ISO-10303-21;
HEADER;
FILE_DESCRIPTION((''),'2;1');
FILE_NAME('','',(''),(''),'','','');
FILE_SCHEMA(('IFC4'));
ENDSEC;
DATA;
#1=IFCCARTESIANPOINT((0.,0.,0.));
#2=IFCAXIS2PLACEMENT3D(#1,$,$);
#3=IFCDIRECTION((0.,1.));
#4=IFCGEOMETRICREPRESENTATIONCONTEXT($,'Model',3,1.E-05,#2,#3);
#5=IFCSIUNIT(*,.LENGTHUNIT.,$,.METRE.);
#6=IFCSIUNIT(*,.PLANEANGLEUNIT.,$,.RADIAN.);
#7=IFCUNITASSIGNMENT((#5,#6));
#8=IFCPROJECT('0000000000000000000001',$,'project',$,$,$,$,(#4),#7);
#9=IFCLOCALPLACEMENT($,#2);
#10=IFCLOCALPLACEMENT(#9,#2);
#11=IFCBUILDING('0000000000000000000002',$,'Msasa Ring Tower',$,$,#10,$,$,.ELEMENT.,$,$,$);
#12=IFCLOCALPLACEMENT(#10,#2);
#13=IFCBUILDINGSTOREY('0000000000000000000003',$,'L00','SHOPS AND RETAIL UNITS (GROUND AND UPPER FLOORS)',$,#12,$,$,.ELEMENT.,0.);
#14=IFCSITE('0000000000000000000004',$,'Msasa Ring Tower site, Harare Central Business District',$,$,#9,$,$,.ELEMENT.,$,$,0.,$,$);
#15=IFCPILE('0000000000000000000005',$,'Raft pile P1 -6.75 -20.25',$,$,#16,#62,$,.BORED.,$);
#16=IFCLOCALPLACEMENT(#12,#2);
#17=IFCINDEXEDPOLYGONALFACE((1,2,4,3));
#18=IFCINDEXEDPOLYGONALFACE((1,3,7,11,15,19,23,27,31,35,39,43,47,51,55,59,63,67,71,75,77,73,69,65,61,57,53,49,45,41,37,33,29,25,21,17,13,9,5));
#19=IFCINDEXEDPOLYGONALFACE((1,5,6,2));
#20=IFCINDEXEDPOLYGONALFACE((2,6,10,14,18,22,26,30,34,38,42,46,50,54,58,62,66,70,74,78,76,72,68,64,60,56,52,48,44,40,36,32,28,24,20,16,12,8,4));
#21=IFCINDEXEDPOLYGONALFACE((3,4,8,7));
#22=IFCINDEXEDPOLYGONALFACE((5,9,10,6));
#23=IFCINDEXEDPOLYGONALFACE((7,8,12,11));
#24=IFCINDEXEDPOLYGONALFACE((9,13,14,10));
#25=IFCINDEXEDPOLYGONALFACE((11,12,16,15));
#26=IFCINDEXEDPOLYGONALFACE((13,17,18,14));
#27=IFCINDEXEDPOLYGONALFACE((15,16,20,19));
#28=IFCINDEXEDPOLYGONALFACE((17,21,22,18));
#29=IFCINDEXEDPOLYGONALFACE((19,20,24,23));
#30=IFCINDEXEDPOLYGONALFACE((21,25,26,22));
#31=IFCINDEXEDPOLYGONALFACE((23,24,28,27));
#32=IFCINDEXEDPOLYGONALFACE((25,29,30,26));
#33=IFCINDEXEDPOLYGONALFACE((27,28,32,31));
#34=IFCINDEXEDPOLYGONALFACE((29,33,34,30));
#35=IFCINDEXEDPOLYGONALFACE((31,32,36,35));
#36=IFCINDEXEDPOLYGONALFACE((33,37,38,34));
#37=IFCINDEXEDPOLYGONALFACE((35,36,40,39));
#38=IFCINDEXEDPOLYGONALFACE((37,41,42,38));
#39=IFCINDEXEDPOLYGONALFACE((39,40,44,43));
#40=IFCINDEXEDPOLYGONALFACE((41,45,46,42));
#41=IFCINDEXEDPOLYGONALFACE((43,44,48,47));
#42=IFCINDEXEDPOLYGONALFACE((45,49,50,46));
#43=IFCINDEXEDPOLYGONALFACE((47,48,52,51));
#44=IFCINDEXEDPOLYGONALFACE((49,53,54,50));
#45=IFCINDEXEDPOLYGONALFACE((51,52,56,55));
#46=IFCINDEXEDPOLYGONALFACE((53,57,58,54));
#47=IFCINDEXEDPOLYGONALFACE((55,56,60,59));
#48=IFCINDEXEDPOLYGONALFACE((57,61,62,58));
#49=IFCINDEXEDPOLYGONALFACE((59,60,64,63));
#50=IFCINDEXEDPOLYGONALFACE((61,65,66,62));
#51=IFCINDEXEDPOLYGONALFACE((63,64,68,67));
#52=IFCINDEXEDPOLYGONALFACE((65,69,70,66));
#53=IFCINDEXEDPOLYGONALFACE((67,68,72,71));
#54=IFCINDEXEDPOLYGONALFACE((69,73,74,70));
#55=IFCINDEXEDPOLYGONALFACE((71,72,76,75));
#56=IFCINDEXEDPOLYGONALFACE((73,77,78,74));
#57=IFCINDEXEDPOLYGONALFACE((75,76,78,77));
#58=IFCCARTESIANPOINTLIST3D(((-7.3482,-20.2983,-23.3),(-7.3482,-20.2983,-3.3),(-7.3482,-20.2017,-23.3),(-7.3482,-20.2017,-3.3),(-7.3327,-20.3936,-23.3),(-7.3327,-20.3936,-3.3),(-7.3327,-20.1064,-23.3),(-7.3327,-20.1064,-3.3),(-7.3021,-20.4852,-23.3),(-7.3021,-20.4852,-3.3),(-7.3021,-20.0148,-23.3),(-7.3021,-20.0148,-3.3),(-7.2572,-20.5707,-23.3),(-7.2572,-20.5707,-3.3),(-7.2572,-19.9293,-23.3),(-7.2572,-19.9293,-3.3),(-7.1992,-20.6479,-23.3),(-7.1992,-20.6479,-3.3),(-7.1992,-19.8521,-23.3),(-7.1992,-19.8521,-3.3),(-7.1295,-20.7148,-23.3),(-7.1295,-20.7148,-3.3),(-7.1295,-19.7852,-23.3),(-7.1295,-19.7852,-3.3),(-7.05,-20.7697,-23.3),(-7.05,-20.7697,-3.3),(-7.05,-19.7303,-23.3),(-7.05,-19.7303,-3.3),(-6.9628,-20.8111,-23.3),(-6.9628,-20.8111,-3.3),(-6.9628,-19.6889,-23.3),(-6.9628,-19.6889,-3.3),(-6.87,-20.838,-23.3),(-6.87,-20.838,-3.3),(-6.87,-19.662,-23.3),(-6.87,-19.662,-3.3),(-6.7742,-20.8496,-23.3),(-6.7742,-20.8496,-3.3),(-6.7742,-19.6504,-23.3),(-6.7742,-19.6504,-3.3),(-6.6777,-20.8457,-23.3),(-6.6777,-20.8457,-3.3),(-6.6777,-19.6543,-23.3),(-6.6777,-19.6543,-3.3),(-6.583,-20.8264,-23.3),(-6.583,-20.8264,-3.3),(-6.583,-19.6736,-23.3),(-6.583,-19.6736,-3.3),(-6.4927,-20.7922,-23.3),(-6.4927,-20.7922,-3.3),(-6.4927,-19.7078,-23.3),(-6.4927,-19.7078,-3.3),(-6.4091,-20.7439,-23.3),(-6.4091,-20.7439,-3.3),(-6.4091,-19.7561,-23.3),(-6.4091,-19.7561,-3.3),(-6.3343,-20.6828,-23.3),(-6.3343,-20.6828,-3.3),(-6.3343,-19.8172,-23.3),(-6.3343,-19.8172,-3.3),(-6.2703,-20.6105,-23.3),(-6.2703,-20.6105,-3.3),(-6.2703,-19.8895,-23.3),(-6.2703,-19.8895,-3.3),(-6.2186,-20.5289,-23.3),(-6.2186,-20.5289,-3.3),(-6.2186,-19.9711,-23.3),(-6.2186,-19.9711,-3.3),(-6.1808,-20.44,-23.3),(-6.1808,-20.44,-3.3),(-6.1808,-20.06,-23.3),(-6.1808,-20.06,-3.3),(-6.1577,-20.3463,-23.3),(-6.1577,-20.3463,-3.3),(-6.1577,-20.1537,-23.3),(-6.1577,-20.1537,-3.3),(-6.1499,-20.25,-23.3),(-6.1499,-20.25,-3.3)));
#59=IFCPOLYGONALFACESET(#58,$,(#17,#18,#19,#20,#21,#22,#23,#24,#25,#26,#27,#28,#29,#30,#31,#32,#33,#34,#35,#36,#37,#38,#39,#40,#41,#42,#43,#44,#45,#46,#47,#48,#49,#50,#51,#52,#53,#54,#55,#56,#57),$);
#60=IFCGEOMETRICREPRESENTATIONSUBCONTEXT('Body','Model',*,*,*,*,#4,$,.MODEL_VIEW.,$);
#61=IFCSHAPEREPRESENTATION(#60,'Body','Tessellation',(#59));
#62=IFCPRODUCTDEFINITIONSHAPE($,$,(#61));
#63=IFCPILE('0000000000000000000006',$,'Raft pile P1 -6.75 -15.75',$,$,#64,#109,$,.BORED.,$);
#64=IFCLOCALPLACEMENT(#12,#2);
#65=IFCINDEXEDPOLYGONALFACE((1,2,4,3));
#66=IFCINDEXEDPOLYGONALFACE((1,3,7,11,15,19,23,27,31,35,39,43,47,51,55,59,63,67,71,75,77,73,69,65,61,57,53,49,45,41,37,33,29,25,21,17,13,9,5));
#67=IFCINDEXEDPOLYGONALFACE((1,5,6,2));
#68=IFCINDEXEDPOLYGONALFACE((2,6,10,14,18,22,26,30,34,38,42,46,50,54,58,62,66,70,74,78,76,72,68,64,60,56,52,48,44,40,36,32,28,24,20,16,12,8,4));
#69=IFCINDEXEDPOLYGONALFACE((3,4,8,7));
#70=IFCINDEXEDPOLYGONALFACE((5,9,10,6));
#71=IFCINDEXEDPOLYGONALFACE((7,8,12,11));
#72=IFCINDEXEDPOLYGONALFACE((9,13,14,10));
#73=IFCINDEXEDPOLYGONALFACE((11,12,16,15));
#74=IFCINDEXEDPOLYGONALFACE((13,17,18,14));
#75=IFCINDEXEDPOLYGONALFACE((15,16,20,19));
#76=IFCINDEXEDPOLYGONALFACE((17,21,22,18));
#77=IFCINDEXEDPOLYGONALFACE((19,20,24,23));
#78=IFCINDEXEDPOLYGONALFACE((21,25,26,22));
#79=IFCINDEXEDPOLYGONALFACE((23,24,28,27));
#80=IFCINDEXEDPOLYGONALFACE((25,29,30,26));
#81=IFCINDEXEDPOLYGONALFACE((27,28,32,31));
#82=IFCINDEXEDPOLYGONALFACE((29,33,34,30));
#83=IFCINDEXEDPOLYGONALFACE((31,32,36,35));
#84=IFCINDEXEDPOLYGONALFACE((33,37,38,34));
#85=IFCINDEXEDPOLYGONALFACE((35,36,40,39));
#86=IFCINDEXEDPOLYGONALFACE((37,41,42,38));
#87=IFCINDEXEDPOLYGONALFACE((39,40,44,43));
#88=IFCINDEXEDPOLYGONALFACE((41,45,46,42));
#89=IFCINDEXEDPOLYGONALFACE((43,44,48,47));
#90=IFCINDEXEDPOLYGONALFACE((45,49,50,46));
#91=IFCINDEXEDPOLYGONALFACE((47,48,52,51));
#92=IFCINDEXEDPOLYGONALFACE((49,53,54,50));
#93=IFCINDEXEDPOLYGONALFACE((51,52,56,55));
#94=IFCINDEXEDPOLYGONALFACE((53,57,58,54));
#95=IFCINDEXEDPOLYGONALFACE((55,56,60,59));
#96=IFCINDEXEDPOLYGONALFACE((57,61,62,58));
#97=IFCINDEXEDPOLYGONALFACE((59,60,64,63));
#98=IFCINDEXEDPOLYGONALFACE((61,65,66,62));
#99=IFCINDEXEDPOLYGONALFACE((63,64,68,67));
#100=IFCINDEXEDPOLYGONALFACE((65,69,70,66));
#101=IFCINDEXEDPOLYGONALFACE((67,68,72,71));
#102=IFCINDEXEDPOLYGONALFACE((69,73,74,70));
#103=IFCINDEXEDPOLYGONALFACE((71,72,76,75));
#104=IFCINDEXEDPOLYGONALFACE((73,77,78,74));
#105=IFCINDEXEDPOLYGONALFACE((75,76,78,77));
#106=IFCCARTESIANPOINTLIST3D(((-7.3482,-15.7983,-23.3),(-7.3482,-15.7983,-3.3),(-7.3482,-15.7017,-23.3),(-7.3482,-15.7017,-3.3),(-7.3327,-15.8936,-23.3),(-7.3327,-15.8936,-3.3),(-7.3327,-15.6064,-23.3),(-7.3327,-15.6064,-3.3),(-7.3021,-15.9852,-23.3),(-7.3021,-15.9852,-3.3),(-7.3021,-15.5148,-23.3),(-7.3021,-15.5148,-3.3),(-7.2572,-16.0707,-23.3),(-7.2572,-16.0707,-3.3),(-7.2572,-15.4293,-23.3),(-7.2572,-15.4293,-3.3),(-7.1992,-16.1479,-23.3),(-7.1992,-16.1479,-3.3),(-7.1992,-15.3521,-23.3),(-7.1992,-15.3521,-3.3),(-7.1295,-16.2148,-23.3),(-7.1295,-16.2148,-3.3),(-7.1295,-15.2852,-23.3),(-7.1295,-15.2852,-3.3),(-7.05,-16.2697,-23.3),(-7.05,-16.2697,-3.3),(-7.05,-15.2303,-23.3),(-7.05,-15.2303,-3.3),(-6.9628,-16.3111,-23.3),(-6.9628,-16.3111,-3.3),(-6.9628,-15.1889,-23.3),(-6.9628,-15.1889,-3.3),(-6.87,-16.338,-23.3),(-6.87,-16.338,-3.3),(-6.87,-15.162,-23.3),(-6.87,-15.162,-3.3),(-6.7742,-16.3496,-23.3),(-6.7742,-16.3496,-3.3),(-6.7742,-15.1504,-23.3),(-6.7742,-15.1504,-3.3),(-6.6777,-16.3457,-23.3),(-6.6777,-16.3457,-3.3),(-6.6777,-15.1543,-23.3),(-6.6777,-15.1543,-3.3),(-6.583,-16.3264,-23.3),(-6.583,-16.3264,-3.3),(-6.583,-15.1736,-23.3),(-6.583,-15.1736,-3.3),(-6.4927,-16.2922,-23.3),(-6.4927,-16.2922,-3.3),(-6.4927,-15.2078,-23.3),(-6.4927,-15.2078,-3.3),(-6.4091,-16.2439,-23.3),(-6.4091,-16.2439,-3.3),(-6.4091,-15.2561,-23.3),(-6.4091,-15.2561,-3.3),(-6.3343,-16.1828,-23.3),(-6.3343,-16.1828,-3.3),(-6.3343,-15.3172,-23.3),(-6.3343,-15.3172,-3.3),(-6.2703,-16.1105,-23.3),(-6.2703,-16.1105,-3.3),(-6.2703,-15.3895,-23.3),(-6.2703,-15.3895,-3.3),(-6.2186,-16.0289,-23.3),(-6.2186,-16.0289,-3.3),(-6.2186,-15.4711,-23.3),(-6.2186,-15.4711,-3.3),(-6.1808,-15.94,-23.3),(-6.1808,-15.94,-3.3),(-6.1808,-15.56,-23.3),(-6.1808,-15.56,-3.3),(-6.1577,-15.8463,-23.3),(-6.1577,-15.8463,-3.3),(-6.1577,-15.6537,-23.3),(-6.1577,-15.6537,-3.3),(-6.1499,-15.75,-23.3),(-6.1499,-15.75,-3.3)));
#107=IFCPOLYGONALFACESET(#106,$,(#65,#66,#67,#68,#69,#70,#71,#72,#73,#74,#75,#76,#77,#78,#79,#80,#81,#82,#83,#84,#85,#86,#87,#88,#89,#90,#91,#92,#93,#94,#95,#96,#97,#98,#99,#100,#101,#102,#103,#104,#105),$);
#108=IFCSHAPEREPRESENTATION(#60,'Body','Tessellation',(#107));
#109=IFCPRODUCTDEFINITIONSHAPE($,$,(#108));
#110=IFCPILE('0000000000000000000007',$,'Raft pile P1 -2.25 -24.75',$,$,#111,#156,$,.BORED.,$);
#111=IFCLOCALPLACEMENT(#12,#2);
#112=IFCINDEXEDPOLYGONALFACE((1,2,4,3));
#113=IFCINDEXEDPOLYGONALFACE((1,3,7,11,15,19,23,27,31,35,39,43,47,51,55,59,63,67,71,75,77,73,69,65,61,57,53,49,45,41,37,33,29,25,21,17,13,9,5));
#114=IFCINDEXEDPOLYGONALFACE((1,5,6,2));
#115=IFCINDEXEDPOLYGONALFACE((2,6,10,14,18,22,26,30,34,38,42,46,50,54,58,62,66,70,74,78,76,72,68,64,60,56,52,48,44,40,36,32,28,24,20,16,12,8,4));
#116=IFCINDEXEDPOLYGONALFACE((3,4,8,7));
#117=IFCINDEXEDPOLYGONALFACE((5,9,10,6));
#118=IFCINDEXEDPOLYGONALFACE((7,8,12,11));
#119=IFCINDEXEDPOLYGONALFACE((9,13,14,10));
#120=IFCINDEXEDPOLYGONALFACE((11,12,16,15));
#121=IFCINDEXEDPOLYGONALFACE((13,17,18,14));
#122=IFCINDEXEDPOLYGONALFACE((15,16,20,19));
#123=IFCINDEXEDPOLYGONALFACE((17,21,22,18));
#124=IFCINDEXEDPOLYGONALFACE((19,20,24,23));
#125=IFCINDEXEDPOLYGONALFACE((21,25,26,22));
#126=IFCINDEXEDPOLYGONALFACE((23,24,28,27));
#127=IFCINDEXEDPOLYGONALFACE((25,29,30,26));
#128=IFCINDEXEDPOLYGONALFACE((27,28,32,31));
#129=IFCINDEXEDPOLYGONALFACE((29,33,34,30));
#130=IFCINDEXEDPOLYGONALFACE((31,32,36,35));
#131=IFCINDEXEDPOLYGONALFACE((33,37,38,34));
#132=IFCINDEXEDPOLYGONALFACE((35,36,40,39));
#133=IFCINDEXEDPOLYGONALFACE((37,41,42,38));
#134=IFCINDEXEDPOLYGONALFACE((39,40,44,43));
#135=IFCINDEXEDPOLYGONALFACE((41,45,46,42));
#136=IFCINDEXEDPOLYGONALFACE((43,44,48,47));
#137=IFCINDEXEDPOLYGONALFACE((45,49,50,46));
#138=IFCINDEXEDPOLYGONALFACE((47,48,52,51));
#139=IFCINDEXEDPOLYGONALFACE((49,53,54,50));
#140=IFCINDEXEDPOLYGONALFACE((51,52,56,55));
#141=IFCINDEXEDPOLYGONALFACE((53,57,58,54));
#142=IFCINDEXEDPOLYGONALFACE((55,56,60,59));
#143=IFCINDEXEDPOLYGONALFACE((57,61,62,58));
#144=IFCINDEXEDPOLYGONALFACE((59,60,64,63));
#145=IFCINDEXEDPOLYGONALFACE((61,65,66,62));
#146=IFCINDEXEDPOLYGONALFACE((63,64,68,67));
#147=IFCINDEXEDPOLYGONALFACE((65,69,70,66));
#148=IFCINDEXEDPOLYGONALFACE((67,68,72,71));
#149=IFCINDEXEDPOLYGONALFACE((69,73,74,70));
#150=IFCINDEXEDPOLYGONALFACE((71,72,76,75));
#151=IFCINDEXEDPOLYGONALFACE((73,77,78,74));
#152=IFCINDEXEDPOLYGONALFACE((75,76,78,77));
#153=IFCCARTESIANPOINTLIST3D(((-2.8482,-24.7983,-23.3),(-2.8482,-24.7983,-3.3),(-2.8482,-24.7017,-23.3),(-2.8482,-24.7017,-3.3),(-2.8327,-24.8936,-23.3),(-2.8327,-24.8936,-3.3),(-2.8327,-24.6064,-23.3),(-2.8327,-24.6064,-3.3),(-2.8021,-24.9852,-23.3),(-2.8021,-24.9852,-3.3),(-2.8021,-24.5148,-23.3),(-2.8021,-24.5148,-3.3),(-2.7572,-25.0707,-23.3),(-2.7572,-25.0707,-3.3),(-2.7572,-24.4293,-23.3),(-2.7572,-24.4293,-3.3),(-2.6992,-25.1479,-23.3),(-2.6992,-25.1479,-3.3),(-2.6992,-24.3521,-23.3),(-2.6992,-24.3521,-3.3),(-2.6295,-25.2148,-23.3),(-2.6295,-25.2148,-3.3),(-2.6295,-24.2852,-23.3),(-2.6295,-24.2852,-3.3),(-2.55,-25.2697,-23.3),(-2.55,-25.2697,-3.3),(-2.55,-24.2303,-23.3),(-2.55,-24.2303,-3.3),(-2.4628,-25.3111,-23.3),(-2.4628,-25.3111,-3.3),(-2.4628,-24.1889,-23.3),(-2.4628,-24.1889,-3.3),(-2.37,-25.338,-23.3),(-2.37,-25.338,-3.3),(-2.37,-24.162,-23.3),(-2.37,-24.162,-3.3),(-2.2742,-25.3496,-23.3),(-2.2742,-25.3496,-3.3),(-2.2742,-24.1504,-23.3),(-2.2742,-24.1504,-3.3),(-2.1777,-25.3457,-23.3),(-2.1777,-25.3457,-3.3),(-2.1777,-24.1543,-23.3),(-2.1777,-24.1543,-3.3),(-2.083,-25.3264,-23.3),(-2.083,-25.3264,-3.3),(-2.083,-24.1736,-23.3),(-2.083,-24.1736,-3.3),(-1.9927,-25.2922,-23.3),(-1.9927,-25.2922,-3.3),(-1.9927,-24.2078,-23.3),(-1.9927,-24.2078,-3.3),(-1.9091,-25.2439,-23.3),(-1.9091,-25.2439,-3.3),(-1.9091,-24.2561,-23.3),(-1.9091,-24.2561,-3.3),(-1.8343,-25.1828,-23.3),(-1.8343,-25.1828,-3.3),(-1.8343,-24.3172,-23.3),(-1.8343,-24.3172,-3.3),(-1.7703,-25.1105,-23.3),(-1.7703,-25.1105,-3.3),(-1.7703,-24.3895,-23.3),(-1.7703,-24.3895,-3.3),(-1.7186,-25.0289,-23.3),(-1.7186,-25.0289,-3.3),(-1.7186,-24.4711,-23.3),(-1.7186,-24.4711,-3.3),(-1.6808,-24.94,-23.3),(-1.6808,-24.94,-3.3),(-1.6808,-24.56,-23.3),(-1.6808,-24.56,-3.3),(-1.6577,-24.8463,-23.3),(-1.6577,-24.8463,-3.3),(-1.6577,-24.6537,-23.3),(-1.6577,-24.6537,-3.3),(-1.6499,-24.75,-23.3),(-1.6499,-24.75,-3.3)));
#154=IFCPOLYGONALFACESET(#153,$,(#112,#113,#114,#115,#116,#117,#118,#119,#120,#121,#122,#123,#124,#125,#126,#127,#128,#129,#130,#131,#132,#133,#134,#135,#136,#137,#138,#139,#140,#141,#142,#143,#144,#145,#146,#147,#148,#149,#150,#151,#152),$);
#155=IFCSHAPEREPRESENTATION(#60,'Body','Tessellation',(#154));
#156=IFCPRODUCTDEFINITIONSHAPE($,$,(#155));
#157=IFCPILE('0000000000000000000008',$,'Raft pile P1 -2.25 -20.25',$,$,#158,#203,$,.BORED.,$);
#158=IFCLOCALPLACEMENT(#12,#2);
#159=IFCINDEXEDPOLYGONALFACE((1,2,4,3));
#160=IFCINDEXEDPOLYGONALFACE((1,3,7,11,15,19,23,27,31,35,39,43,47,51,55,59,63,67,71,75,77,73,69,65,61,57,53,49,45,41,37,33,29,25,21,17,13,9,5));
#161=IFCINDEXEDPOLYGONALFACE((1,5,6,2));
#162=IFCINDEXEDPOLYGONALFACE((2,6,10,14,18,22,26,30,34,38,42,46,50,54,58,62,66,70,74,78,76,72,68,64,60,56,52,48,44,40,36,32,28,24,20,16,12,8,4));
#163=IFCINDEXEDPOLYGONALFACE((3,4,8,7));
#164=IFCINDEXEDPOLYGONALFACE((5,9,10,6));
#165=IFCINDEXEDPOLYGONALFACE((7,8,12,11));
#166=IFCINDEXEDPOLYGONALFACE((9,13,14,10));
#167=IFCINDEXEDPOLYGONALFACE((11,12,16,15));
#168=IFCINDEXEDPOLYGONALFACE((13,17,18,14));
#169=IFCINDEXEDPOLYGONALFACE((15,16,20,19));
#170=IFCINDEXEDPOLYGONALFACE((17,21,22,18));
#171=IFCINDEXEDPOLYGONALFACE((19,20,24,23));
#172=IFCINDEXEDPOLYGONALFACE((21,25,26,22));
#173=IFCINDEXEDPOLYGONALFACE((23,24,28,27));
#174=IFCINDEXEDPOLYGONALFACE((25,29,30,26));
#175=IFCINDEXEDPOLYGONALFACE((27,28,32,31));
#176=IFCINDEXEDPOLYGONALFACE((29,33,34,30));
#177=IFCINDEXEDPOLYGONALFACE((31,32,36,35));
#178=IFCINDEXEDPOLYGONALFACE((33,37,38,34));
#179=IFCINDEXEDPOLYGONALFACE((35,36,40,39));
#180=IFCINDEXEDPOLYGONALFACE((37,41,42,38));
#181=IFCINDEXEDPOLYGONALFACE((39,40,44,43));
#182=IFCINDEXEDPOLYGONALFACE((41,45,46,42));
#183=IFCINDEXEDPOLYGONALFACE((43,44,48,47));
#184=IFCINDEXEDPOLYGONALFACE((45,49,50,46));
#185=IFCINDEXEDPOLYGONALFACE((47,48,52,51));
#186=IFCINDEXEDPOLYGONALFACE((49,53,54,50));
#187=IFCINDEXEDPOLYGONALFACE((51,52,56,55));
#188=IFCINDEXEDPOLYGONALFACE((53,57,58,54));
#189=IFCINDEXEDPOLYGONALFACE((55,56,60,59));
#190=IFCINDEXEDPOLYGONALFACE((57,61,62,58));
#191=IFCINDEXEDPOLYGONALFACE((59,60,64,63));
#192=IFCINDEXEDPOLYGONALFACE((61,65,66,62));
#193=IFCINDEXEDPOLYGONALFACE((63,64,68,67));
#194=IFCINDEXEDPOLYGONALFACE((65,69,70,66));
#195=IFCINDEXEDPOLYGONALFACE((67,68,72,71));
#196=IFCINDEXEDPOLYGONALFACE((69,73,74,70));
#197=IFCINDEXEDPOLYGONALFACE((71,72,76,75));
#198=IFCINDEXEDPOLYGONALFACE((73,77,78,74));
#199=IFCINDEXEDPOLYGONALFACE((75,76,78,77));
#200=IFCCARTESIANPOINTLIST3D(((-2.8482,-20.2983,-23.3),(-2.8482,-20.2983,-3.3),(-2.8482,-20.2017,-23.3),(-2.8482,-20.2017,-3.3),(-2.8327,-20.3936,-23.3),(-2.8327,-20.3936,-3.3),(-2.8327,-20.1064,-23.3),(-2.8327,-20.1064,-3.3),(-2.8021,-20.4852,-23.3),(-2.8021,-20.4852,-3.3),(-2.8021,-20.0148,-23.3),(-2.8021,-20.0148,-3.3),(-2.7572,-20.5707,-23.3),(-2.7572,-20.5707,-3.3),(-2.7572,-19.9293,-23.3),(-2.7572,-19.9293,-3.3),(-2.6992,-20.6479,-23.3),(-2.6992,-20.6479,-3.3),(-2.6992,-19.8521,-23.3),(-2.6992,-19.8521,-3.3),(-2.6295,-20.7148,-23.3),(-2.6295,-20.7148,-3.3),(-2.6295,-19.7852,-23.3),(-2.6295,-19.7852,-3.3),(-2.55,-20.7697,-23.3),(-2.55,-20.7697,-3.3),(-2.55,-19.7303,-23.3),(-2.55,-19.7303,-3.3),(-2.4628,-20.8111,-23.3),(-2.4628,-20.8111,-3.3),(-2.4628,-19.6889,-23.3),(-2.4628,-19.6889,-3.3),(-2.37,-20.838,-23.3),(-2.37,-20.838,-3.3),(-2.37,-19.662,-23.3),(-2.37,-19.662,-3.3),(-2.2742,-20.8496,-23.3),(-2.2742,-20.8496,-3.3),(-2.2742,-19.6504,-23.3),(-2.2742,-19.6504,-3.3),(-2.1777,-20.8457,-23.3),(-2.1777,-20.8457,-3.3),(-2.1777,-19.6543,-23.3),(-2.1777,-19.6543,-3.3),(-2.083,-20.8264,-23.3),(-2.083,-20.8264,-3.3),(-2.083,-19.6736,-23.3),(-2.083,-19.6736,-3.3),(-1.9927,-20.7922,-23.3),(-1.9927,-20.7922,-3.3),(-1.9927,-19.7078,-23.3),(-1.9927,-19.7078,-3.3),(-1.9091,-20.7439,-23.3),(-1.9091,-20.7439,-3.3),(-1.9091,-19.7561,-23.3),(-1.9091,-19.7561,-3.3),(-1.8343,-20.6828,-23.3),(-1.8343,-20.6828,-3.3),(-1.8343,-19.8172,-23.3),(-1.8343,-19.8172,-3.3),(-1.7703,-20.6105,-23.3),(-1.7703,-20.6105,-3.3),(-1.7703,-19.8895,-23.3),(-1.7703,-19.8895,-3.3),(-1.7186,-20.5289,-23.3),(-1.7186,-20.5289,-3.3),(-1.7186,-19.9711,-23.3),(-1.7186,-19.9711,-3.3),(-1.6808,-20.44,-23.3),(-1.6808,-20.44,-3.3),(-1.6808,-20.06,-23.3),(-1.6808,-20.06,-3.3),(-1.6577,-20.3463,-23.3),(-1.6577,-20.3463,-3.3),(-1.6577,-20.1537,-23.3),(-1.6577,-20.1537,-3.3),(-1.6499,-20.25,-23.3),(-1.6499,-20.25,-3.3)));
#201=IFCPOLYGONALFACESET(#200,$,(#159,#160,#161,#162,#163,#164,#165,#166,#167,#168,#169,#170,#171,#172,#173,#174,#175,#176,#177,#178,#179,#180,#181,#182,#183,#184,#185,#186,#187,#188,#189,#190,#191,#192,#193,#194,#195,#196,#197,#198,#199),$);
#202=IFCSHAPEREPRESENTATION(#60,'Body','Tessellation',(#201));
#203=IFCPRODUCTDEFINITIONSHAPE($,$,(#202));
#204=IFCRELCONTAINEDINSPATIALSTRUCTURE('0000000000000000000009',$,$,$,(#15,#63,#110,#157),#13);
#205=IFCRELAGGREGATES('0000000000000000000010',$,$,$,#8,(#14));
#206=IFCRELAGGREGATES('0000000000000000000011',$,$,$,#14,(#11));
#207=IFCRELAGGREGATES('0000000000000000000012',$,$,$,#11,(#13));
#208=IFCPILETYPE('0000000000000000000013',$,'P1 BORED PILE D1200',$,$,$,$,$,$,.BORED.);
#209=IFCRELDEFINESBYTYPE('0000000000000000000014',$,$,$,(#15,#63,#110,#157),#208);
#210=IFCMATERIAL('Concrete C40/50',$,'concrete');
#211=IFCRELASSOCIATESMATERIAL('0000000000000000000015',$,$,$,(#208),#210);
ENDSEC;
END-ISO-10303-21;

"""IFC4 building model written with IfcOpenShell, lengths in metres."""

from ifc_helpers import new_model, si_unit, direction, frame, origin, origin_2d, place, context, subcontext, project, spatial, circle, extrude, material, material_profile, profile_set, type_object, element, save


model = new_model("IFC4")

# Units and contexts
model_context = context("Model", 3, precision=1e-05, world=origin(), true_north=direction((0.0, 1.0)))
body_context = subcontext(model_context, "Body", "Model", "MODEL_VIEW")
ifc_project = project(units=[si_unit("LENGTHUNIT", "METRE"), si_unit("PLANEANGLEUNIT", "RADIAN")], contexts=[model_context])

# Site, building, storey
site_placement = place(None, origin())
site = spatial("IfcSite", under=ifc_project, at=site_placement, Name="Msasa Ring Tower site, Harare Central Business District", CompositionType="ELEMENT", RefElevation=0.0)
building_placement = place(site_placement, origin())
building = spatial("IfcBuilding", under=site, at=building_placement, Name="Msasa Ring Tower", CompositionType="ELEMENT")
storey_placement = place(building_placement, origin())
storey = spatial("IfcBuildingStorey", under=building, at=storey_placement, Name="L00", Description="SHOPS AND RETAIL UNITS (GROUND AND UPPER FLOORS)", CompositionType="ELEMENT", Elevation=0.0)

# Piles
ifc_material_1 = material(Name="Concrete C40/50", Category="concrete")
ifc_material_profile_1 = material_profile(ifc_material_1, circle(Radius=0.6001, at=origin_2d()), Name="D1200")
ifc_profile_set_1 = profile_set([ifc_material_profile_1], Name="Concrete C40/50")
pile_type = type_object("IfcPileType", Name="P1 BORED PILE D1200", PredefinedType="BORED", material=ifc_profile_set_1)
for number, where, z_axis, x_axis, name in (
    (1, (-6.75, -20.25, -3.3), (0.0, 0.0, -1.0), (1.0, 0.0, 0.0), "Raft pile P1 -6.75 -20.25"),
    (2, (-6.75, -15.75, -3.3), (0.0, 0.0, -1.0), (1.0, 0.0, 0.0), "Raft pile P1 -6.75 -15.75"),
    (3, (-2.25, -24.75, -3.3), (0.0, 0.0, -1.0), (1.0, 0.0, 0.0), "Raft pile P1 -2.25 -24.75"),
    (4, (-2.25, -20.25, -3.3), (0.0, 0.0, -1.0), (1.0, 0.0, 0.0), "Raft pile P1 -2.25 -20.25"),
):
    element("IfcPile", number, at=place(storey_placement, frame(where, z_axis=z_axis, x_axis=x_axis)), inside=storey, type_object=pile_type, Name=name, PredefinedType="BORED", context=body_context, shape_type="SweptSolid", body=[
        extrude(circle(Radius=0.6001, at=origin_2d()), origin(), (0.0, 0.0, 1.0), 20.0),
    ])

save(model, "model.ifc")
